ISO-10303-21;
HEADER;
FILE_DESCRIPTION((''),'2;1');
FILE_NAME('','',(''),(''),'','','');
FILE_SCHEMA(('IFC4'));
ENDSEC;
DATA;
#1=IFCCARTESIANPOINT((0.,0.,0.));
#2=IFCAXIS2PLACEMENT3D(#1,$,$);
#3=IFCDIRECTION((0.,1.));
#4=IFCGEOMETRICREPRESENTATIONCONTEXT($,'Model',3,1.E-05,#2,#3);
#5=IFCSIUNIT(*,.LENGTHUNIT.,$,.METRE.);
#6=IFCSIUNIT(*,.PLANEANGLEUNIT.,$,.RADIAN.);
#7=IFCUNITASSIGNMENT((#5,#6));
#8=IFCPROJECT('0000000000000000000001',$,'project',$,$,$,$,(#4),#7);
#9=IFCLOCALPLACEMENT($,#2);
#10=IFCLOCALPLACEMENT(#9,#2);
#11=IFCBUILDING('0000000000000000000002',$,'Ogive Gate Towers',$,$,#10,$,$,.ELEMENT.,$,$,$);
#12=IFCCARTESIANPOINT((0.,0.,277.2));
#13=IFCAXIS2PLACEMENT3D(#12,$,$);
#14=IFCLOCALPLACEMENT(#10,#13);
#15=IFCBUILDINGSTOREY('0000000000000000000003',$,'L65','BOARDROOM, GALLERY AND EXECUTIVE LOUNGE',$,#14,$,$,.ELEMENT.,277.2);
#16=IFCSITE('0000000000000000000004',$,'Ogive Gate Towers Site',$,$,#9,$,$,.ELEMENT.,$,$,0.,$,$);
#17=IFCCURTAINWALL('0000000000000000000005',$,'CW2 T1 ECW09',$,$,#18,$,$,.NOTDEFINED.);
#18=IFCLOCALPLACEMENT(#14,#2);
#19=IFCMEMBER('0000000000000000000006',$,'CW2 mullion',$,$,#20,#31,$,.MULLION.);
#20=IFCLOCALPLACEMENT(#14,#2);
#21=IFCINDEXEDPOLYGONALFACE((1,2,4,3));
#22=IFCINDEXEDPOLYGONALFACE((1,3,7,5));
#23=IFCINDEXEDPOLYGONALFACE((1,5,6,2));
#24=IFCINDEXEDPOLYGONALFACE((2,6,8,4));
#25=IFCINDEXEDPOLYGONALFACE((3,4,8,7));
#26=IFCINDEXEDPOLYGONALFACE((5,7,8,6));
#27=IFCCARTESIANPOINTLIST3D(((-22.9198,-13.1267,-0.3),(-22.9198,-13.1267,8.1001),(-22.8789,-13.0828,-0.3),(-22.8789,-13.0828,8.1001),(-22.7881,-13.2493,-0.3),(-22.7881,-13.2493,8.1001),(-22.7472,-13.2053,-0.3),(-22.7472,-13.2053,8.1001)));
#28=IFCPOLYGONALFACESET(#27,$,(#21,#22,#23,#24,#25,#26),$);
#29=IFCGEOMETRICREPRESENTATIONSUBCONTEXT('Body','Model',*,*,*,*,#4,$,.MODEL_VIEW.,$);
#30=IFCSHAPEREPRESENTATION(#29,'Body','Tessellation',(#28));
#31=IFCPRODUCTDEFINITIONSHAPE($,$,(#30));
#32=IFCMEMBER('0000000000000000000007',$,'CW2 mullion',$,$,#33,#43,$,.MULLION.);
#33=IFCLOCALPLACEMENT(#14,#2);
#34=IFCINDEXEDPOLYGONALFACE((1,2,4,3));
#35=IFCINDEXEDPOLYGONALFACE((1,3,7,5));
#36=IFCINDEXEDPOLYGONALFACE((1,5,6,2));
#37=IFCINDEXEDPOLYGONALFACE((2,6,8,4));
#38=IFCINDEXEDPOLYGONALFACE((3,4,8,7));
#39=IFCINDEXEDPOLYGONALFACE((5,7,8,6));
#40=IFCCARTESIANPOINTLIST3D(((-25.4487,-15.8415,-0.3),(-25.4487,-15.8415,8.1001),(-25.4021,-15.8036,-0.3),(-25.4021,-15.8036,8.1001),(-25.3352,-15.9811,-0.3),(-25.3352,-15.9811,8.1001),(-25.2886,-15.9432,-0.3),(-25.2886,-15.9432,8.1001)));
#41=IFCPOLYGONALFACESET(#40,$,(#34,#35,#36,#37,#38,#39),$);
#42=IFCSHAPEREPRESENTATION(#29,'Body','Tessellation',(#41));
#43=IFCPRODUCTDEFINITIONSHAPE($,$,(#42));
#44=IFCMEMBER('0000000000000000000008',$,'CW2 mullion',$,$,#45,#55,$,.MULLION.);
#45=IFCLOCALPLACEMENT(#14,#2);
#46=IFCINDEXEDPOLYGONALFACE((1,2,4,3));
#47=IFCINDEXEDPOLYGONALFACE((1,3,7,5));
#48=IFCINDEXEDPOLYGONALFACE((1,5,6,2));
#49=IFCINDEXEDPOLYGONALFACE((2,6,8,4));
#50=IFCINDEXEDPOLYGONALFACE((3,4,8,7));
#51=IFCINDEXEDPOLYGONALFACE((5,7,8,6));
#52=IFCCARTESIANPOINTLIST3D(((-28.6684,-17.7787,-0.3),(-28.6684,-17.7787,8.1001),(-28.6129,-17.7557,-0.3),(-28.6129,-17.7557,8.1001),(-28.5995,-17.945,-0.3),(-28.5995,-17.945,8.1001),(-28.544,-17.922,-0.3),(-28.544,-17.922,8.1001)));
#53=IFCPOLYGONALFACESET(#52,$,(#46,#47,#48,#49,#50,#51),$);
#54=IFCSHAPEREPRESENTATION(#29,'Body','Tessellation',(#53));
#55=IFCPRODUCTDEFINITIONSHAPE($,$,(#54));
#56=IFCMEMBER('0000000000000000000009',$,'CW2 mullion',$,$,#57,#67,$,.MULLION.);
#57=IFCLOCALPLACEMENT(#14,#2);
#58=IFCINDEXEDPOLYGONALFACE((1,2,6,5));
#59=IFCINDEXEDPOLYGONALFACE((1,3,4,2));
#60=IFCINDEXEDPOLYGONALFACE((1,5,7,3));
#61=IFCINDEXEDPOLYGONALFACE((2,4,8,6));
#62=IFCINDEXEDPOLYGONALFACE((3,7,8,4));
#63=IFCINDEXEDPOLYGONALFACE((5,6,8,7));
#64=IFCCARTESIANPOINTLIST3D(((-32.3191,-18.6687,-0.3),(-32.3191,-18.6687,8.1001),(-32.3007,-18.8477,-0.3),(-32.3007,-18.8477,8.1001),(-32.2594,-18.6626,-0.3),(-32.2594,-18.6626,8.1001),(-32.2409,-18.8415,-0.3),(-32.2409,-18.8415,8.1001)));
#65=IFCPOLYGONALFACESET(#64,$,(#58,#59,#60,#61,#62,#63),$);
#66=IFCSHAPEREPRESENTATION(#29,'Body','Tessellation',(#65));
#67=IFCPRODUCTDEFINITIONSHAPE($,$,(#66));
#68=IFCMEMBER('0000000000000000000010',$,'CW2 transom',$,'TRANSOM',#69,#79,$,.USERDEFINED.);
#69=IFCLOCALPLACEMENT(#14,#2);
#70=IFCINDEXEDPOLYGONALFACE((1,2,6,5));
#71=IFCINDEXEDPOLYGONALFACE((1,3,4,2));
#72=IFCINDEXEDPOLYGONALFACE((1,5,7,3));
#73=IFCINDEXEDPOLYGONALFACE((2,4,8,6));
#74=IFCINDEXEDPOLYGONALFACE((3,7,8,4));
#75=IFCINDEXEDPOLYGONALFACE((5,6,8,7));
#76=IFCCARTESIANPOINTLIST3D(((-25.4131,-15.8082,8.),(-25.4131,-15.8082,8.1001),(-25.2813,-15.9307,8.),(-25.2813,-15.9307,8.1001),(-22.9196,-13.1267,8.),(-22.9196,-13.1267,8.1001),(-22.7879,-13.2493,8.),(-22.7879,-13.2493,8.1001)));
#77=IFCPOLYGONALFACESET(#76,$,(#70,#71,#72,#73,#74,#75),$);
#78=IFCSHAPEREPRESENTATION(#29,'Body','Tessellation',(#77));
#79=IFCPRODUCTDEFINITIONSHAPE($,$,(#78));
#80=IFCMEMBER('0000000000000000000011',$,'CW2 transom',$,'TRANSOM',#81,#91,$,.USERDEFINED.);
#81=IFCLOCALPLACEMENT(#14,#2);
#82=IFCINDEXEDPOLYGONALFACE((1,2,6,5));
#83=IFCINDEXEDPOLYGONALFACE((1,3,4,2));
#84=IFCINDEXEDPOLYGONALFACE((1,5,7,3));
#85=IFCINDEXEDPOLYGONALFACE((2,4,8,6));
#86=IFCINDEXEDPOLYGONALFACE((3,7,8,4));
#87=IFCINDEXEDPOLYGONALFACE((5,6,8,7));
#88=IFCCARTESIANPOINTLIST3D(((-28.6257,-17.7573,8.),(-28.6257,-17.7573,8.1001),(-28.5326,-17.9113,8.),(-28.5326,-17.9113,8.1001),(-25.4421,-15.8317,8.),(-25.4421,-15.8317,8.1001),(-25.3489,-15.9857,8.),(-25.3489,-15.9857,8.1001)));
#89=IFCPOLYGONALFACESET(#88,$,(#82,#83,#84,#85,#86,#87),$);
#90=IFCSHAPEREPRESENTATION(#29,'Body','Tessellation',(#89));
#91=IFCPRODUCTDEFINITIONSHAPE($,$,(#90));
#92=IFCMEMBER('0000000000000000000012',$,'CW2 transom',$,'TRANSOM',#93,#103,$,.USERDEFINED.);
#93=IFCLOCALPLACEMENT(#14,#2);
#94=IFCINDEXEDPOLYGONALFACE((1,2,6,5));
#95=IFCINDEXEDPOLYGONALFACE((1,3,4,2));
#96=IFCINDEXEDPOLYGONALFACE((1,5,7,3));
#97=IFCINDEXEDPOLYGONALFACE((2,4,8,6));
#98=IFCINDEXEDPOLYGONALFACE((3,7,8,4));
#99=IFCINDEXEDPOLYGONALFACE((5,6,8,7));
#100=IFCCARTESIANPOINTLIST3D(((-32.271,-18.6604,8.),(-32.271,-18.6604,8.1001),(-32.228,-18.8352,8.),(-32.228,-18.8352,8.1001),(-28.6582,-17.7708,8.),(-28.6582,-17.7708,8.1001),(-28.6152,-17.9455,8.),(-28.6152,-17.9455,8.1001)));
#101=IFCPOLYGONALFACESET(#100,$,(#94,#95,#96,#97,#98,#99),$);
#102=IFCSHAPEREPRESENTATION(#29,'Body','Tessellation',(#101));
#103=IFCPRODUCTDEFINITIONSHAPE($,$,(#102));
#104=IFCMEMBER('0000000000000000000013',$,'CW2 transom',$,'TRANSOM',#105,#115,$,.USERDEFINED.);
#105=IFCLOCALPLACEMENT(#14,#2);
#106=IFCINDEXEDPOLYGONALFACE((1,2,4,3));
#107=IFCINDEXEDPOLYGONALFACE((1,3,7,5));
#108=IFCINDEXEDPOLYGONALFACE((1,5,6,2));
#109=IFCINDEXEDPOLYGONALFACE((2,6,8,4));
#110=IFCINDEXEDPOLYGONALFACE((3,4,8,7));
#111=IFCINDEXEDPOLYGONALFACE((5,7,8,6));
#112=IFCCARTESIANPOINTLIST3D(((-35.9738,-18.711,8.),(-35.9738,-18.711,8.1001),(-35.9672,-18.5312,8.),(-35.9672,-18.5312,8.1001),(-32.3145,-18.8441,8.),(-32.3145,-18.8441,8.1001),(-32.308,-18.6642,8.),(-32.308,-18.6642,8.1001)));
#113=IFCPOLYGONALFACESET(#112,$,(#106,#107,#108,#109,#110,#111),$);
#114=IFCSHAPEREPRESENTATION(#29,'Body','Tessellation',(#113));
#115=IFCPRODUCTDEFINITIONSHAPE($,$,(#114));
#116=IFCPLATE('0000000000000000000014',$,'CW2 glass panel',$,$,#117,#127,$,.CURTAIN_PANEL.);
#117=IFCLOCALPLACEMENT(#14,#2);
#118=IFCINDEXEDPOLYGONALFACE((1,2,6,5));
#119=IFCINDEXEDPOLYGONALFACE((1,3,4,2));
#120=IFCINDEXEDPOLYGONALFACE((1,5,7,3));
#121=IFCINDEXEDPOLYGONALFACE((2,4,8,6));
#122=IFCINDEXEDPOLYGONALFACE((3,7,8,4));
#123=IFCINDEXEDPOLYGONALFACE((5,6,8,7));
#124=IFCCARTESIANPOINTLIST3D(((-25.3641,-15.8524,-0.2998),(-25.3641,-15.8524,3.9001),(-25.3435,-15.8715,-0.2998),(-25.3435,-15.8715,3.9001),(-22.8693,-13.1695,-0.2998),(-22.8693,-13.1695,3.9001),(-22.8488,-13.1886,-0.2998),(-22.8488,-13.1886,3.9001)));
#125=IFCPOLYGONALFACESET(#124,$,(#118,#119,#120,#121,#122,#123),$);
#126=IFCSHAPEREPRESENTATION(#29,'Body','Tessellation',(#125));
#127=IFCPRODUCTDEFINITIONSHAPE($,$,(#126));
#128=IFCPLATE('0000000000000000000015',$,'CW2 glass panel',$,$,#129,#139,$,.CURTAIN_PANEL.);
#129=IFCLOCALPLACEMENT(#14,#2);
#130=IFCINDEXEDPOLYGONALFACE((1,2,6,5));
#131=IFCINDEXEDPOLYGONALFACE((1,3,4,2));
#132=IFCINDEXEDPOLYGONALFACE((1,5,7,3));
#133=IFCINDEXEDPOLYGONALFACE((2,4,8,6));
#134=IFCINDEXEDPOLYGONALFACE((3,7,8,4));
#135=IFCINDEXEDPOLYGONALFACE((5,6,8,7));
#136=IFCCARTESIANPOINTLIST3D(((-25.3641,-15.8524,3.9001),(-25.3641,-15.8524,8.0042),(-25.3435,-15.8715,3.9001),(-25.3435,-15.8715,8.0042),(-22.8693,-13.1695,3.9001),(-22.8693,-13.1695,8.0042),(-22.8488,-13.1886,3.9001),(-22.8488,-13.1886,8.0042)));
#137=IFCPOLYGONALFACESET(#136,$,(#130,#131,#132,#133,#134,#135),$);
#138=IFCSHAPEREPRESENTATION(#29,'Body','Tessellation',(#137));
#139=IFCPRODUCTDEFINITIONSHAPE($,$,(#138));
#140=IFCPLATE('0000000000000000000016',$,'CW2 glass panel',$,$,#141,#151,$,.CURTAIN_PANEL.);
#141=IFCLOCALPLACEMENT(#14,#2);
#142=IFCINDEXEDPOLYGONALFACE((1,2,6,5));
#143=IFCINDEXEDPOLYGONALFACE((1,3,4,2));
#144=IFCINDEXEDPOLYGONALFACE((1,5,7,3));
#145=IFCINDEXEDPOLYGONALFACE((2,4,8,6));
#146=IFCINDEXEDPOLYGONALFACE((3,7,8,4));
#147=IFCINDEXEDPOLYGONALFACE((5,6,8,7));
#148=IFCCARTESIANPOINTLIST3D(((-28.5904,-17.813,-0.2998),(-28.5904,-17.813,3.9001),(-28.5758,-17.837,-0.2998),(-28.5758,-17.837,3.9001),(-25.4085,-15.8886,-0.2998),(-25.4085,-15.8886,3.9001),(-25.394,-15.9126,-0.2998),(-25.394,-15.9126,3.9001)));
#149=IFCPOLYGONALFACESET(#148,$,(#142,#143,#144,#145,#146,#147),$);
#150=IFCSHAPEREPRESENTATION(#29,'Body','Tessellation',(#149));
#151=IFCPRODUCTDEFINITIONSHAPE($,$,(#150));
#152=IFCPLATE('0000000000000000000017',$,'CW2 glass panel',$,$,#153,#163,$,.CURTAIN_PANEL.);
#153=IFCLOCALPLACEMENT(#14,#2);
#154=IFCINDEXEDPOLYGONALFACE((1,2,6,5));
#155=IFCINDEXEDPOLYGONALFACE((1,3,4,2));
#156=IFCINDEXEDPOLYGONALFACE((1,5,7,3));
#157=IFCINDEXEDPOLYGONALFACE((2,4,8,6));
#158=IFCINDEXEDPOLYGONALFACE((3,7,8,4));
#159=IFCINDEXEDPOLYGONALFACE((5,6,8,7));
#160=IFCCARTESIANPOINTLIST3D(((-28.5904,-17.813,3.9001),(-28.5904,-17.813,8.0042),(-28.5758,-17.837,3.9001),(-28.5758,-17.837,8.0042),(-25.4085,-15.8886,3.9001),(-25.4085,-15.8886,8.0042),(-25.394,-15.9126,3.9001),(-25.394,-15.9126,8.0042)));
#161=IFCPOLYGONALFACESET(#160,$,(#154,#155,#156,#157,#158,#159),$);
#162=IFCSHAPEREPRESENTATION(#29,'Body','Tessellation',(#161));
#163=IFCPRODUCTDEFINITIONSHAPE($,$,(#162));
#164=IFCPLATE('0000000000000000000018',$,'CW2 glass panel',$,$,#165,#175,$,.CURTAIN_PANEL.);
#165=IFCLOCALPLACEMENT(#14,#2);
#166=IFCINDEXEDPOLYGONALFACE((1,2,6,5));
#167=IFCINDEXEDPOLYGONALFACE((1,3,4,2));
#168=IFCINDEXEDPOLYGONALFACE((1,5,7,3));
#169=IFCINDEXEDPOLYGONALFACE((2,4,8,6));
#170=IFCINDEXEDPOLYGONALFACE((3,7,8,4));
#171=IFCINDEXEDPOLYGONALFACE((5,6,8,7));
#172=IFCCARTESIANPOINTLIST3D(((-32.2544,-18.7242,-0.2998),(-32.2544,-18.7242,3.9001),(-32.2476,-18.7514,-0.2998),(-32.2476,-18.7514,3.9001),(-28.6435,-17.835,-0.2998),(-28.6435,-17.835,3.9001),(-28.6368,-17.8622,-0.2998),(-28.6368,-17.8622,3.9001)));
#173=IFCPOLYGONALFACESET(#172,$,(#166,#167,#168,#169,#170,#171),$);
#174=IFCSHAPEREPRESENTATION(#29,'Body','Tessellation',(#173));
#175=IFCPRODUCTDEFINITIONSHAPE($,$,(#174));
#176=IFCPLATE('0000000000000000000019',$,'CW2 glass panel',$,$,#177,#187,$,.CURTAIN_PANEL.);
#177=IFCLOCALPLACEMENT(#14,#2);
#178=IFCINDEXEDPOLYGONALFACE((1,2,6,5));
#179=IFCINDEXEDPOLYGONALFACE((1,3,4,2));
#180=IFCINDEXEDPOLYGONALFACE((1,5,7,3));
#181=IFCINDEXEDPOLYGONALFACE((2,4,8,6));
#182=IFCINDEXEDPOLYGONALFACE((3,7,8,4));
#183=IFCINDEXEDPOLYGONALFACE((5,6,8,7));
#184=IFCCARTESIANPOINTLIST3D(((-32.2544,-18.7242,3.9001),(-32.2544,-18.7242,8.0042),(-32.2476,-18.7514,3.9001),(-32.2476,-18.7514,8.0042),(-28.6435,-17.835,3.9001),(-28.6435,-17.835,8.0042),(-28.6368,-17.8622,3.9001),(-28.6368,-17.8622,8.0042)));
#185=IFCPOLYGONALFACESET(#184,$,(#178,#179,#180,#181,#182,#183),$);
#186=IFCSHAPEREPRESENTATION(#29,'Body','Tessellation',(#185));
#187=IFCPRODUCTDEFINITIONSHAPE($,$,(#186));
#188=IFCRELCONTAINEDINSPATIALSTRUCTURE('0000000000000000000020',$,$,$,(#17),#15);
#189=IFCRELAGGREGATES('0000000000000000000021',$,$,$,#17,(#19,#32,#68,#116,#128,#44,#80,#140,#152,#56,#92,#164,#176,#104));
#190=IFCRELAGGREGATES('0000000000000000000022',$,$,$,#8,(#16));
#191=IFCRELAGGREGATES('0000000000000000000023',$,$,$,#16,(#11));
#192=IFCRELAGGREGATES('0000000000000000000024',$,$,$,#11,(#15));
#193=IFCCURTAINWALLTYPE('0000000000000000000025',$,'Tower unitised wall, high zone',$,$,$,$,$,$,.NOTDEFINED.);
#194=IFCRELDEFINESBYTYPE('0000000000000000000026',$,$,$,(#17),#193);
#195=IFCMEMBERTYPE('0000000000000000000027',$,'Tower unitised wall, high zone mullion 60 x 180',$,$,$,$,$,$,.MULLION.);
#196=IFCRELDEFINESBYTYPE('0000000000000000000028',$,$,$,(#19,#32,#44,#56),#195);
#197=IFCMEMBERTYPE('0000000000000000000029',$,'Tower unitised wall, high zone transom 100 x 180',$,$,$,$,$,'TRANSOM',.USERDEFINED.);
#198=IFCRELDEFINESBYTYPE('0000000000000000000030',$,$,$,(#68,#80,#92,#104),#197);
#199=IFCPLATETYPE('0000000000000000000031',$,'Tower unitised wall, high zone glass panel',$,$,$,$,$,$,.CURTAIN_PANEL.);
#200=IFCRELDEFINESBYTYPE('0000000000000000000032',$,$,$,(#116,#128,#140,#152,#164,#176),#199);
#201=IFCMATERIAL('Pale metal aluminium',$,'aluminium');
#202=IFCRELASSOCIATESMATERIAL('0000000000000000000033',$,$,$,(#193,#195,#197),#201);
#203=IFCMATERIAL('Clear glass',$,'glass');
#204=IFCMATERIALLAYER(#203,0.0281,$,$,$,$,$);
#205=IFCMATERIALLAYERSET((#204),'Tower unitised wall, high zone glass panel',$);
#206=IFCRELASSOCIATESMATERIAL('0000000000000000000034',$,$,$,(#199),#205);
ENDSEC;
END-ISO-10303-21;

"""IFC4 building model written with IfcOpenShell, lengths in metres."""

from ifc_helpers import new_model, si_unit, direction, frame, origin, origin_2d, place, context, subcontext, project, spatial, rectangle, extrude, material, layer, layer_set, material_profile, profile_set, type_object, element, aggregate, save


model = new_model("IFC4")

# Units and contexts
model_context = context("Model", 3, precision=1e-05, world=origin(), true_north=direction((0.0, 1.0)))
body_context = subcontext(model_context, "Body", "Model", "MODEL_VIEW")
ifc_project = project(units=[si_unit("LENGTHUNIT", "METRE"), si_unit("PLANEANGLEUNIT", "RADIAN")], contexts=[model_context])

# Site, building, storey
site_placement = place(None, origin())
site = spatial("IfcSite", under=ifc_project, at=site_placement, Name="Ogive Gate Towers Site", CompositionType="ELEMENT", RefElevation=0.0)
building_placement = place(site_placement, origin())
building = spatial("IfcBuilding", under=site, at=building_placement, Name="Ogive Gate Towers", CompositionType="ELEMENT")
storey_placement = place(building_placement, frame((0.0, 0.0, 277.2)))
storey = spatial("IfcBuildingStorey", under=building, at=storey_placement, Name="L65", Description="BOARDROOM, GALLERY AND EXECUTIVE LOUNGE", CompositionType="ELEMENT", Elevation=277.2)

# Curtain wall, members, plates
ifc_material_1 = material(Name="Pale metal aluminium", Category="aluminium")
curtain_wall_type = type_object("IfcCurtainWallType", Name="Tower unitised wall, high zone", PredefinedType="NOTDEFINED", material=ifc_material_1)
curtain_wall_placement = place(storey_placement, origin())
curtain_wall = element("IfcCurtainWall", 1, at=curtain_wall_placement, inside=storey, type_object=curtain_wall_type, Name="CW2 T1 ECW09", PredefinedType="NOTDEFINED")
ifc_material_profile_1 = material_profile(ifc_material_1, rectangle(XDim=0.1799, YDim=0.0601, at=origin_2d()), Name="60 x 180 aluminium box")
ifc_profile_set_1 = profile_set([ifc_material_profile_1], Name="Pale metal aluminium")
member_type_1 = type_object("IfcMemberType", Name="Tower unitised wall, high zone mullion 60 x 180", PredefinedType="MULLION", material=ifc_profile_set_1)
member_1_placement = place(storey_placement, frame((-22.8335, -13.166, -0.3), z_axis=(0.0, 0.0, 1.0), x_axis=(-0.732317, 0.680964, 0.0)))
member_1 = element("IfcMember", 2, at=member_1_placement, type_object=member_type_1, Name="CW2 mullion", PredefinedType="MULLION", context=body_context, shape_type="SweptSolid", body=[
    extrude(rectangle(XDim=0.1799, YDim=0.0601, at=origin_2d()), origin(), (0.0, 0.0, 1.0), 8.4001),
])
member_2_placement = place(storey_placement, frame((-25.3687, -15.8923, -0.3), z_axis=(0.0, 0.0, 1.0), x_axis=(-0.631001, 0.775782, 0.0)))
member_2 = element("IfcMember", 3, at=member_2_placement, type_object=member_type_1, Name="CW2 mullion", PredefinedType="MULLION", context=body_context, shape_type="SweptSolid", body=[
    extrude(rectangle(XDim=0.1799, YDim=0.0601, at=origin_2d()), origin(), (0.0, 0.0, 1.0), 8.4001),
])
member_3_placement = place(storey_placement, frame((-28.6062, -17.8503, -0.3), z_axis=(0.0, 0.0, 1.0), x_axis=(-0.382683, 0.92388, 0.0)))
member_3 = element("IfcMember", 4, at=member_3_placement, type_object=member_type_1, Name="CW2 mullion", PredefinedType="MULLION", context=body_context, shape_type="SweptSolid", body=[
    extrude(rectangle(XDim=0.1799, YDim=0.0601, at=origin_2d()), origin(), (0.0, 0.0, 1.0), 8.4001),
])
member_4_placement = place(storey_placement, frame((-32.28, -18.7551, -0.3), z_axis=(0.0, 0.0, 1.0), x_axis=(-0.102393, 0.994744, 0.0)))
member_4 = element("IfcMember", 5, at=member_4_placement, type_object=member_type_1, Name="CW2 mullion", PredefinedType="MULLION", context=body_context, shape_type="SweptSolid", body=[
    extrude(rectangle(XDim=0.1799, YDim=0.0601, at=origin_2d()), origin(), (0.0, 0.0, 1.0), 8.4001),
])
ifc_material_profile_2 = material_profile(ifc_material_1, rectangle(XDim=0.1799, YDim=0.1001, at=origin_2d()), Name="100 x 180 aluminium box")
ifc_profile_set_2 = profile_set([ifc_material_profile_2], Name="Pale metal aluminium")
member_type_2 = type_object("IfcMemberType", Name="Tower unitised wall, high zone transom 100 x 180", ElementType="TRANSOM", PredefinedType="USERDEFINED", material=ifc_profile_set_2)
member_5_placement = place(storey_placement, frame((-22.8538, -13.188, 8.05), z_axis=(-0.68097, -0.732311, 0.0), x_axis=(0.732311, -0.68097, 0.0)))
member_5 = element("IfcMember", 6, at=member_5_placement, type_object=member_type_2, Name="CW2 transom", ObjectType="TRANSOM", PredefinedType="USERDEFINED", context=body_context, shape_type="SweptSolid", body=[
    extrude(rectangle(XDim=0.1799, YDim=0.1001, at=origin_2d()), origin(), (0.0, 0.0, 1.0), 3.6616),
])
member_6_placement = place(storey_placement, frame((-25.3955, -15.9087, 8.05), z_axis=(-0.855664, -0.517532, 0.0), x_axis=(0.517532, -0.855664, 0.0)))
member_6 = element("IfcMember", 7, at=member_6_placement, type_object=member_type_2, Name="CW2 transom", ObjectType="TRANSOM", PredefinedType="USERDEFINED", context=body_context, shape_type="SweptSolid", body=[
    extrude(rectangle(XDim=0.1799, YDim=0.1001, at=origin_2d()), origin(), (0.0, 0.0, 1.0), 3.7207),
])
member_7_placement = place(storey_placement, frame((-28.6367, -17.8582, 8.05), z_axis=(-0.970993, -0.239107, 0.0), x_axis=(0.239107, -0.970993, 0.0)))
member_7 = element("IfcMember", 8, at=member_7_placement, type_object=member_type_2, Name="CW2 transom", ObjectType="TRANSOM", PredefinedType="USERDEFINED", context=body_context, shape_type="SweptSolid", body=[
    extrude(rectangle(XDim=0.1799, YDim=0.1001, at=origin_2d()), origin(), (0.0, 0.0, 1.0), 3.7207),
])
member_8_placement = place(storey_placement, frame((-32.3113, -18.7542, 8.05), z_axis=(-0.99934, 0.036338, 0.0), x_axis=(-0.036338, -0.99934, 0.0)))
member_8 = element("IfcMember", 9, at=member_8_placement, type_object=member_type_2, Name="CW2 transom", ObjectType="TRANSOM", PredefinedType="USERDEFINED", context=body_context, shape_type="SweptSolid", body=[
    extrude(rectangle(XDim=0.1799, YDim=0.1001, at=origin_2d()), origin(), (0.0, 0.0, 1.0), 3.6616),
])
ifc_material_2 = material(Name="Clear glass", Category="glass")
ifc_layer_1 = layer(ifc_material_2, 0.0281)
ifc_layer_set_1 = layer_set([ifc_layer_1], Name="Tower unitised wall, high zone glass panel")
plate_type = type_object("IfcPlateType", Name="Tower unitised wall, high zone glass panel", PredefinedType="CURTAIN_PANEL", material=ifc_layer_set_1)
plate_1_placement = place(storey_placement, frame((-24.1064, -14.5205, -0.2998), z_axis=(0.0, 0.0, 1.0), x_axis=(-0.680964, -0.732317, 0.0)))
plate_1 = element("IfcPlate", 10, at=plate_1_placement, type_object=plate_type, Name="CW2 glass panel", PredefinedType="CURTAIN_PANEL", context=body_context, shape_type="SweptSolid", body=[
    extrude(rectangle(XDim=3.6636, YDim=0.0281, at=origin_2d()), origin(), (0.0, 0.0, 1.0), 4.2),
])
plate_2_placement = place(storey_placement, frame((-24.1064, -14.5205, 3.9001), z_axis=(0.0, 0.0, 1.0), x_axis=(-0.680964, -0.732317, 0.0)))
plate_2 = element("IfcPlate", 11, at=plate_2_placement, type_object=plate_type, Name="CW2 glass panel", PredefinedType="CURTAIN_PANEL", context=body_context, shape_type="SweptSolid", body=[
    extrude(rectangle(XDim=3.6636, YDim=0.0281, at=origin_2d()), origin(), (0.0, 0.0, 1.0), 4.104),
])
plate_3_placement = place(storey_placement, frame((-26.9922, -16.8628, -0.2998), z_axis=(0.0, 0.0, 1.0), x_axis=(-0.855672, -0.517519, 0.0)))
plate_3 = element("IfcPlate", 12, at=plate_3_placement, type_object=plate_type, Name="CW2 glass panel", PredefinedType="CURTAIN_PANEL", context=body_context, shape_type="SweptSolid", body=[
    extrude(rectangle(XDim=3.7185, YDim=0.0281, at=origin_2d()), origin(), (0.0, 0.0, 1.0), 4.2),
])
plate_4_placement = place(storey_placement, frame((-26.9922, -16.8628, 3.9001), z_axis=(0.0, 0.0, 1.0), x_axis=(-0.855672, -0.517519, 0.0)))
plate_4 = element("IfcPlate", 13, at=plate_4_placement, type_object=plate_type, Name="CW2 glass panel", PredefinedType="CURTAIN_PANEL", context=body_context, shape_type="SweptSolid", body=[
    extrude(rectangle(XDim=3.7185, YDim=0.0281, at=origin_2d()), origin(), (0.0, 0.0, 1.0), 4.104),
])
plate_5_placement = place(storey_placement, frame((-30.4456, -18.2932, -0.2998), z_axis=(0.0, 0.0, 1.0), x_axis=(-0.970993, -0.23911, 0.0)))
plate_5 = element("IfcPlate", 14, at=plate_5_placement, type_object=plate_type, Name="CW2 glass panel", PredefinedType="CURTAIN_PANEL", context=body_context, shape_type="SweptSolid", body=[
    extrude(rectangle(XDim=3.7188, YDim=0.0281, at=origin_2d()), origin(), (0.0, 0.0, 1.0), 4.2),
])
plate_6_placement = place(storey_placement, frame((-30.4456, -18.2932, 3.9001), z_axis=(0.0, 0.0, 1.0), x_axis=(-0.970993, -0.23911, 0.0)))
plate_6 = element("IfcPlate", 15, at=plate_6_placement, type_object=plate_type, Name="CW2 glass panel", PredefinedType="CURTAIN_PANEL", context=body_context, shape_type="SweptSolid", body=[
    extrude(rectangle(XDim=3.7188, YDim=0.0281, at=origin_2d()), origin(), (0.0, 0.0, 1.0), 4.104),
])
aggregate(curtain_wall, [member_1, member_2, member_5, plate_1, plate_2, member_3, member_6, plate_3, plate_4, member_4, member_7, plate_5, plate_6, member_8])

save(model, "model.ifc")
